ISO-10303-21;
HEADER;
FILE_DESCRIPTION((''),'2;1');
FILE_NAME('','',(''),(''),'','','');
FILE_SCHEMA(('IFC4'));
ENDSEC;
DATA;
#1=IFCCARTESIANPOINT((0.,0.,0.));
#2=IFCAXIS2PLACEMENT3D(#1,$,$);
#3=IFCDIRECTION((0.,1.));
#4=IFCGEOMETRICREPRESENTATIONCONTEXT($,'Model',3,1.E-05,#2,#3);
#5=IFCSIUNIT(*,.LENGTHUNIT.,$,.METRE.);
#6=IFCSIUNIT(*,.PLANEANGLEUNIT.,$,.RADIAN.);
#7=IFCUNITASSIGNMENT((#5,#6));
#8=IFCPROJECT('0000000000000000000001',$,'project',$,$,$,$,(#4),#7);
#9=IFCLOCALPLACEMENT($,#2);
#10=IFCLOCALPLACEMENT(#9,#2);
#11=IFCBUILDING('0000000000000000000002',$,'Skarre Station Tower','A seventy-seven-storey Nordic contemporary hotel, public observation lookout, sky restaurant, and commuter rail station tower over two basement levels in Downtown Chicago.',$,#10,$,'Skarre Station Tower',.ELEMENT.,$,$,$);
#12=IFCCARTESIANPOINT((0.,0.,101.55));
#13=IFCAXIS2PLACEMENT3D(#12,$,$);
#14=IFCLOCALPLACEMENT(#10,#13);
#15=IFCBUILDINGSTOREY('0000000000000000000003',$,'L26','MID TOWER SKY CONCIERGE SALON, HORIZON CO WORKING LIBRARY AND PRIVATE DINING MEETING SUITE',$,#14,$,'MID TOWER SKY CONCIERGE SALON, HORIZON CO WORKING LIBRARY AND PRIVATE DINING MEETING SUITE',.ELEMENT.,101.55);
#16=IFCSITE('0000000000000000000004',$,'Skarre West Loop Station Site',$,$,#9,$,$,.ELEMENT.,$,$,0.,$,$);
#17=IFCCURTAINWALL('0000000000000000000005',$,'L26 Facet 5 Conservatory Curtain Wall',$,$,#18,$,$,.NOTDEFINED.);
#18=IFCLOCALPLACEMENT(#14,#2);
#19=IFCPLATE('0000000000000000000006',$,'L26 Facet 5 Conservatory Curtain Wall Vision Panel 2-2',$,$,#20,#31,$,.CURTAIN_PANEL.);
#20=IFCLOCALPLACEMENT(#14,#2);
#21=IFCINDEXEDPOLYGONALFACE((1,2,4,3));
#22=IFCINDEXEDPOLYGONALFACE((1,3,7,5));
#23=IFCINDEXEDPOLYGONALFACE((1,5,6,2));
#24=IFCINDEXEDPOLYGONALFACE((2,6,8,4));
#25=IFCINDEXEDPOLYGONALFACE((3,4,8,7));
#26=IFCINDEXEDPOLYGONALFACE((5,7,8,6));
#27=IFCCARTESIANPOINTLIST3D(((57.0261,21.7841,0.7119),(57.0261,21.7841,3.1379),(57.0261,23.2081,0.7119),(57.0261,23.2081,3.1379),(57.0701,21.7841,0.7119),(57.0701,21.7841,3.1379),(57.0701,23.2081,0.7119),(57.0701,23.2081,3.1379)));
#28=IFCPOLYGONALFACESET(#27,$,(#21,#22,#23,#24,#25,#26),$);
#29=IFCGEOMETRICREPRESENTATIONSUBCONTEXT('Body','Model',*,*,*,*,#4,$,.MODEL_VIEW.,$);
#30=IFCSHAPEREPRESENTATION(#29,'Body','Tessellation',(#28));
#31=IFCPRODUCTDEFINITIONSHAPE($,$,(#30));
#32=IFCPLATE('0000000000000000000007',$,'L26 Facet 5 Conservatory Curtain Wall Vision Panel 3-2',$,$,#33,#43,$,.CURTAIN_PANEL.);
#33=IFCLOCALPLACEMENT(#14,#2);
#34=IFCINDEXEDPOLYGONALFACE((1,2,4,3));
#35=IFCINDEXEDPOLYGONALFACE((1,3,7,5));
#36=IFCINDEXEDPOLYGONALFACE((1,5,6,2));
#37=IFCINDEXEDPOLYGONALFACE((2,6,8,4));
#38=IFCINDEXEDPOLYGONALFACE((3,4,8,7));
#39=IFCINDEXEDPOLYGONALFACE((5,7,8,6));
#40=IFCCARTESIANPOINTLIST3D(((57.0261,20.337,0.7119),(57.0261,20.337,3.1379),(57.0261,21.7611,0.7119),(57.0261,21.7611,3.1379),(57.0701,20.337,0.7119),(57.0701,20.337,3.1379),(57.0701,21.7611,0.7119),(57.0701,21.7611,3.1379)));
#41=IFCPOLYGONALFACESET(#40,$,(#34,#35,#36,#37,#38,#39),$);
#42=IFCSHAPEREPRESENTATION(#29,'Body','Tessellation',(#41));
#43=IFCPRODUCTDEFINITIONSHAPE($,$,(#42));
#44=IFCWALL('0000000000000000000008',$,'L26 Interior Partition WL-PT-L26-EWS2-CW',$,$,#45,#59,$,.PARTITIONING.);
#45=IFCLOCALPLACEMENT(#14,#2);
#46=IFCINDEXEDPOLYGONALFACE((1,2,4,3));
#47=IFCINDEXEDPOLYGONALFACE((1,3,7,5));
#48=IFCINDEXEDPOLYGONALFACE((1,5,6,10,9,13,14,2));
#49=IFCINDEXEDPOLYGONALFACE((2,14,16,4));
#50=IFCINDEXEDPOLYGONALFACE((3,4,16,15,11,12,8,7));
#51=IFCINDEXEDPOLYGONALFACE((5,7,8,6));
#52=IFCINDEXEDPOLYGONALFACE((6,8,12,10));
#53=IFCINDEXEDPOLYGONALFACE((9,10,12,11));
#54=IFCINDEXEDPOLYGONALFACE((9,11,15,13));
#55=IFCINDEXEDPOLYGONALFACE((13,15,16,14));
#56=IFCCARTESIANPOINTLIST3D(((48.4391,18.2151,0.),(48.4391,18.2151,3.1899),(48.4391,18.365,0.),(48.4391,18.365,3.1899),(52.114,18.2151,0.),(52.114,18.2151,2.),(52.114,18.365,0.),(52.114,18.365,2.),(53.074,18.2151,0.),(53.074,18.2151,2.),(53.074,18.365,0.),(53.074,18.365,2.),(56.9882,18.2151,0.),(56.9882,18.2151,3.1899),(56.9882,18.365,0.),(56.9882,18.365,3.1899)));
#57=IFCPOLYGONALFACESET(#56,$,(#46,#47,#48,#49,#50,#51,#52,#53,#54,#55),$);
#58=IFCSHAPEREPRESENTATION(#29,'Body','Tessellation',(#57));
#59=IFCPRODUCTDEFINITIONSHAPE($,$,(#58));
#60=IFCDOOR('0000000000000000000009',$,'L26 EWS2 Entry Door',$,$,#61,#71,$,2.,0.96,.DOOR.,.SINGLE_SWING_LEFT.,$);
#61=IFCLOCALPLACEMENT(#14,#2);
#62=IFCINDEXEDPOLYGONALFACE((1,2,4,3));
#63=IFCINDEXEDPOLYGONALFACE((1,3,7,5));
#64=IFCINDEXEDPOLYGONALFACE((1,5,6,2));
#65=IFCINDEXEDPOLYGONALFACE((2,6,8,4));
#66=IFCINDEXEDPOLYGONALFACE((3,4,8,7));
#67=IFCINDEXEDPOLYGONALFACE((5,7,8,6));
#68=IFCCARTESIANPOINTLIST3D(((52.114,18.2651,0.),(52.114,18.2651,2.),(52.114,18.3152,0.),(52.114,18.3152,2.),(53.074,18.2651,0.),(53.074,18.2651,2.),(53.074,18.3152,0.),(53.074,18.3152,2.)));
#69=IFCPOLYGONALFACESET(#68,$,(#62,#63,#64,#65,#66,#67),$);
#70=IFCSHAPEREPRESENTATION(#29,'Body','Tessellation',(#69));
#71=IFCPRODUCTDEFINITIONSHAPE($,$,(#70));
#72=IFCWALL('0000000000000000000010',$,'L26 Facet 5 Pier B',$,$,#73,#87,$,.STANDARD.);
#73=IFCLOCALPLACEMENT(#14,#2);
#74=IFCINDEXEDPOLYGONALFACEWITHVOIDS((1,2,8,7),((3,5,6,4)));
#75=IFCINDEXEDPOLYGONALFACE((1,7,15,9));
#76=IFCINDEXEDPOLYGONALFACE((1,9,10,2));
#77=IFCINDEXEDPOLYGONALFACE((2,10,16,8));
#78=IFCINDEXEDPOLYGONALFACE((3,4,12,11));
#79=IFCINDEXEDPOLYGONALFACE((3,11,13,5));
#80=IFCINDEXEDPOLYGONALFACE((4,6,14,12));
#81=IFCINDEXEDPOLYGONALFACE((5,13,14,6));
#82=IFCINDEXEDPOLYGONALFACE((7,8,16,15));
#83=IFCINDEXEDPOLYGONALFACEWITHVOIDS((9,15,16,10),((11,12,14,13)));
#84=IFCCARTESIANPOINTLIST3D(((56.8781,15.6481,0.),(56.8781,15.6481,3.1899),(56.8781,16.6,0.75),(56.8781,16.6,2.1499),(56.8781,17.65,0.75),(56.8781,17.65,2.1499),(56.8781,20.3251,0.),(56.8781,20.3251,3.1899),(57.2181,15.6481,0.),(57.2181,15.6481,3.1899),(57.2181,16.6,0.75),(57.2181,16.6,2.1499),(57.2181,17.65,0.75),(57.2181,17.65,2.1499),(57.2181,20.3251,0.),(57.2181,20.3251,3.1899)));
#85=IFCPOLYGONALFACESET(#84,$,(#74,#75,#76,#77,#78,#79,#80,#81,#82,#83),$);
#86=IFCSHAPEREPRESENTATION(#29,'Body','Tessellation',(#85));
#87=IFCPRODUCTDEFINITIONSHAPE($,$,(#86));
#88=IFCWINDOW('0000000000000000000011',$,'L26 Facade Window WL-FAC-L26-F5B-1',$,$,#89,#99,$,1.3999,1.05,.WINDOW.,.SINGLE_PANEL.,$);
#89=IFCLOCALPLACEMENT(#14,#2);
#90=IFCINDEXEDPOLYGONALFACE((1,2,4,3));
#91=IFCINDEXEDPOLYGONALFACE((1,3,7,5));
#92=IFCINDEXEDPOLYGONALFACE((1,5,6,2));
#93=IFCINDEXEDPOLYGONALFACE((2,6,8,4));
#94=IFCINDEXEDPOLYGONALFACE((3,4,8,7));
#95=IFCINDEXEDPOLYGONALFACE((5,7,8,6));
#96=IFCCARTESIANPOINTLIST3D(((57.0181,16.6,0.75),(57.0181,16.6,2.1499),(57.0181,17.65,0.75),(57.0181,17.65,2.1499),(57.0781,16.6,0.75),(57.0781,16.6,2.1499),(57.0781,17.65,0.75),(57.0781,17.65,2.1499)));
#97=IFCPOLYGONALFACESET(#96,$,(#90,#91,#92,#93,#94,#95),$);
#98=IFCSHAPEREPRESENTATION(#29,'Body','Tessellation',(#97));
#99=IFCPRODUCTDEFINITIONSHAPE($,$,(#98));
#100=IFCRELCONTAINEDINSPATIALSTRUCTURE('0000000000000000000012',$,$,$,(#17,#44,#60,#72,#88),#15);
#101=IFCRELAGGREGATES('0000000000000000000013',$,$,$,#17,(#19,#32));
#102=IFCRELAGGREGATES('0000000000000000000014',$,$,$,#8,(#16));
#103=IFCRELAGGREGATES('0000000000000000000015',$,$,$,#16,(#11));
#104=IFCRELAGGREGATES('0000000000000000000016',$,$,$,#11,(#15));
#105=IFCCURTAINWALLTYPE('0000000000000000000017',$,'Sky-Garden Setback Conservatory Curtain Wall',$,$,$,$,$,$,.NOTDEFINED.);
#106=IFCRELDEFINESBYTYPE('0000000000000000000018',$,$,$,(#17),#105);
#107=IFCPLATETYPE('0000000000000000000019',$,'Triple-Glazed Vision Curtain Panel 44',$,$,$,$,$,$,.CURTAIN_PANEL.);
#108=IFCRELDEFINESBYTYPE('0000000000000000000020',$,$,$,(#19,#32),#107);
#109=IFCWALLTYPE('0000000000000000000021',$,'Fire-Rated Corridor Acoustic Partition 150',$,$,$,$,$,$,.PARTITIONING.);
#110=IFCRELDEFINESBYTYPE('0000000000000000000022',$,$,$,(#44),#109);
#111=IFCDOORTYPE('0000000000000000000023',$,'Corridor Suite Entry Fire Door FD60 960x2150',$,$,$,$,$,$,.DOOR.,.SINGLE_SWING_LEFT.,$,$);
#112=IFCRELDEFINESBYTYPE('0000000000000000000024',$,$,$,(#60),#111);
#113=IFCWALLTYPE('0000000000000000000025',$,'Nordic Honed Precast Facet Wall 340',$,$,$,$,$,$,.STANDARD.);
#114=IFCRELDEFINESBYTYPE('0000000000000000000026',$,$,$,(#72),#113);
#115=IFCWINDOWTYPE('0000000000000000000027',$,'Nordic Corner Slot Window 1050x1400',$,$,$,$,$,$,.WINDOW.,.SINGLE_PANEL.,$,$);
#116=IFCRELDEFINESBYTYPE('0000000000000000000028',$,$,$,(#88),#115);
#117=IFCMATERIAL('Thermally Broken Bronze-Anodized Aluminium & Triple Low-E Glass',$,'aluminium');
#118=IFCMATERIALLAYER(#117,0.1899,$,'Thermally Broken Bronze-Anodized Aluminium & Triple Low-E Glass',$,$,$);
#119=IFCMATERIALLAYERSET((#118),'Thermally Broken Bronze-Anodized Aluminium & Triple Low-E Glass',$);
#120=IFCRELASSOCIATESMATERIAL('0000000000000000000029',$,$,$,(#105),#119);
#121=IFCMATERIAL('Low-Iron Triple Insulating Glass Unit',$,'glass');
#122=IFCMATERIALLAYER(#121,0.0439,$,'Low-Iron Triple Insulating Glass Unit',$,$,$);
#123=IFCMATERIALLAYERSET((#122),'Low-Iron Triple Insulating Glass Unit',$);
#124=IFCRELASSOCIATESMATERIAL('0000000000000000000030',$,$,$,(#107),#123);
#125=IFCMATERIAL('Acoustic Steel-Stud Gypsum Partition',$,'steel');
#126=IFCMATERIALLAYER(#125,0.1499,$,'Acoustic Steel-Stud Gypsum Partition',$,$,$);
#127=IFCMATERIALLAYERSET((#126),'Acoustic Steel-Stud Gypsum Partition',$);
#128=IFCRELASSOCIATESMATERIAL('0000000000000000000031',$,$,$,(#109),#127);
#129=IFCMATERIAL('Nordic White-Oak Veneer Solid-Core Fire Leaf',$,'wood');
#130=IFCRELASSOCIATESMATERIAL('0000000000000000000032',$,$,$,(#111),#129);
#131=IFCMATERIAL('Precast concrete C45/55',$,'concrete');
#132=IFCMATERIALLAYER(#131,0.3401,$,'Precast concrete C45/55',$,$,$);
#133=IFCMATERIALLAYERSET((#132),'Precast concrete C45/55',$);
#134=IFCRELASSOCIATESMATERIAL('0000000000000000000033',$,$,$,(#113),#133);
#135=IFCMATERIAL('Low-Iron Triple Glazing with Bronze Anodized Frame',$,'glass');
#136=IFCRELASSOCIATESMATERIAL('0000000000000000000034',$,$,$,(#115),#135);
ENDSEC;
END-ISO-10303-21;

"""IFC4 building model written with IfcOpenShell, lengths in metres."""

from ifc_helpers import new_model, si_unit, direction, frame, frame_2d, origin, origin_2d, place, context, subcontext, project, spatial, rectangle, extrude, material, layer, layer_set, type_object, element, fill, aggregate, save


model = new_model("IFC4")

# Units and contexts
model_context = context("Model", 3, precision=1e-05, world=origin(), true_north=direction((0.0, 1.0)))
body_context = subcontext(model_context, "Body", "Model", "MODEL_VIEW")
ifc_project = project(units=[si_unit("LENGTHUNIT", "METRE"), si_unit("PLANEANGLEUNIT", "RADIAN")], contexts=[model_context])

# Site, building, storey
site_placement = place(None, origin())
site = spatial("IfcSite", under=ifc_project, at=site_placement, Name="Skarre West Loop Station Site", CompositionType="ELEMENT", RefElevation=0.0)
building_placement = place(site_placement, origin())
building = spatial("IfcBuilding", under=site, at=building_placement, Name="Skarre Station Tower", Description="A seventy-seven-storey Nordic contemporary hotel, public observation lookout, sky restaurant, and commuter rail station tower over two basement levels in Downtown Chicago.", LongName="Skarre Station Tower", CompositionType="ELEMENT")
storey_placement = place(building_placement, frame((0.0, 0.0, 101.55)))
storey = spatial("IfcBuildingStorey", under=building, at=storey_placement, Name="L26", Description="MID TOWER SKY CONCIERGE SALON, HORIZON CO WORKING LIBRARY AND PRIVATE DINING MEETING SUITE", LongName="MID TOWER SKY CONCIERGE SALON, HORIZON CO WORKING LIBRARY AND PRIVATE DINING MEETING SUITE", CompositionType="ELEMENT", Elevation=101.55)

# Curtain wall
ifc_material_1 = material(Name="Thermally Broken Bronze-Anodized Aluminium & Triple Low-E Glass", Category="aluminium")
ifc_layer_1 = layer(ifc_material_1, 0.1899, Name="Thermally Broken Bronze-Anodized Aluminium & Triple Low-E Glass")
ifc_layer_set_1 = layer_set([ifc_layer_1], Name="Thermally Broken Bronze-Anodized Aluminium & Triple Low-E Glass")
curtain_wall_type = type_object("IfcCurtainWallType", Name="Sky-Garden Setback Conservatory Curtain Wall", PredefinedType="NOTDEFINED", material=ifc_layer_set_1)
curtain_wall_placement = place(storey_placement, origin())
curtain_wall = element("IfcCurtainWall", 1, at=curtain_wall_placement, inside=storey, type_object=curtain_wall_type, Name="L26 Facet 5 Conservatory Curtain Wall", PredefinedType="NOTDEFINED")

# Plates
ifc_material_2 = material(Name="Low-Iron Triple Insulating Glass Unit", Category="glass")
ifc_layer_2 = layer(ifc_material_2, 0.0439, Name="Low-Iron Triple Insulating Glass Unit")
ifc_layer_set_2 = layer_set([ifc_layer_2], Name="Low-Iron Triple Insulating Glass Unit")
plate_type_1 = type_object("IfcPlateType", Name="Triple-Glazed Vision Curtain Panel 44", PredefinedType="CURTAIN_PANEL", material=ifc_layer_set_2)
plate_1_placement = place(storey_placement, frame((57.0481, 22.4961, 0.7119), z_axis=(0.0, 0.0, 1.0), x_axis=(0.0, -1.0, 0.0)))
plate_1 = element("IfcPlate", 2, at=plate_1_placement, type_object=plate_type_1, Name="L26 Facet 5 Conservatory Curtain Wall Vision Panel 2-2", PredefinedType="CURTAIN_PANEL", context=body_context, shape_type="SweptSolid", body=[
    extrude(rectangle(XDim=1.4241, YDim=0.0439, at=origin_2d()), origin(), (0.0, 0.0, 1.0), 2.426),
])
plate_2_placement = place(storey_placement, frame((57.0481, 21.0491, 0.7119), z_axis=(0.0, 0.0, 1.0), x_axis=(0.0, -1.0, 0.0)))
plate_2 = element("IfcPlate", 3, at=plate_2_placement, type_object=plate_type_1, Name="L26 Facet 5 Conservatory Curtain Wall Vision Panel 3-2", PredefinedType="CURTAIN_PANEL", context=body_context, shape_type="SweptSolid", body=[
    extrude(rectangle(XDim=1.4241, YDim=0.0439, at=origin_2d()), origin(), (0.0, 0.0, 1.0), 2.426),
])
aggregate(curtain_wall, [plate_1, plate_2])

# Wall, opening, door
ifc_material_3 = material(Name="Acoustic Steel-Stud Gypsum Partition", Category="steel")
ifc_layer_3 = layer(ifc_material_3, 0.1499, Name="Acoustic Steel-Stud Gypsum Partition")
ifc_layer_set_3 = layer_set([ifc_layer_3], Name="Acoustic Steel-Stud Gypsum Partition")
wall_type_1 = type_object("IfcWallType", Name="Fire-Rated Corridor Acoustic Partition 150", PredefinedType="PARTITIONING", material=ifc_layer_set_3)
wall_1_placement = place(storey_placement, frame((56.988, 18.29, 0.0), z_axis=(0.0, 0.0, 1.0), x_axis=(-1.0, 0.0, 0.0)))
wall_1 = element("IfcWall", 4, at=wall_1_placement, inside=storey, type_object=wall_type_1, Name="L26 Interior Partition WL-PT-L26-EWS2-CW", PredefinedType="PARTITIONING", context=body_context, shape_type="SweptSolid", body=[
    extrude(rectangle(XDim=8.5491, YDim=0.1499, at=frame_2d((4.2744, 0.0))), origin(), (0.0, 0.0, 1.0), 3.1899),
])
opening_1_placement = place(wall_1_placement, frame((3.9141, 0.0, 0.0)))
opening_1 = element("IfcOpeningElement", 5, at=opening_1_placement, cuts=wall_1, PredefinedType="OPENING", context=body_context, shape_type="SweptSolid", body=[
    extrude(rectangle(XDim=0.96, YDim=2.0, at=frame_2d((0.48, 1.0))), frame((0.0, 0.085, 0.0), z_axis=(0.0, -1.0, 0.0), x_axis=(1.0, 0.0, 0.0)), (0.0, 0.0, 1.0), 0.1699),
])
ifc_material_4 = material(Name="Nordic White-Oak Veneer Solid-Core Fire Leaf", Category="wood")
door_type = type_object("IfcDoorType", Name="Corridor Suite Entry Fire Door FD60 960x2150", OperationType="SINGLE_SWING_LEFT", PredefinedType="DOOR", material=ifc_material_4)
door_placement = place(opening_1_placement, origin())
door = element("IfcDoor", 6, at=door_placement, inside=storey, type_object=door_type, Name="L26 EWS2 Entry Door", OperationType="SINGLE_SWING_LEFT", OverallHeight=2.0, OverallWidth=0.96, PredefinedType="DOOR", context=body_context, shape_type="SweptSolid", body=[
    extrude(rectangle(XDim=0.96, YDim=2.0, at=frame_2d((0.48, 1.0))), frame((0.0, 0.0249, 0.0), z_axis=(0.0, -1.0, 0.0), x_axis=(1.0, 0.0, 0.0)), (0.0, 0.0, 1.0), 0.05),
])
fill(opening_1, door)

# Wall, opening, window
ifc_material_5 = material(Name="Precast concrete C45/55", Category="concrete")
ifc_layer_4 = layer(ifc_material_5, 0.3401, Name="Precast concrete C45/55")
ifc_layer_set_4 = layer_set([ifc_layer_4], Name="Precast concrete C45/55")
wall_type_2 = type_object("IfcWallType", Name="Nordic Honed Precast Facet Wall 340", PredefinedType="STANDARD", material=ifc_layer_set_4)
wall_2_placement = place(storey_placement, frame((57.0481, 20.325, 0.0), z_axis=(0.0, 0.0, 1.0), x_axis=(0.0, -1.0, 0.0)))
wall_2 = element("IfcWall", 7, at=wall_2_placement, inside=storey, type_object=wall_type_2, Name="L26 Facet 5 Pier B", PredefinedType="STANDARD", context=body_context, shape_type="SweptSolid", body=[
    extrude(rectangle(XDim=4.677, YDim=0.3401, at=frame_2d((2.3384, 0.0))), origin(), (0.0, 0.0, 1.0), 3.1899),
])
opening_2_placement = place(wall_2_placement, frame((2.675, 0.0, 0.75)))
opening_2 = element("IfcOpeningElement", 8, at=opening_2_placement, cuts=wall_2, PredefinedType="OPENING", context=body_context, shape_type="SweptSolid", body=[
    extrude(rectangle(XDim=1.05, YDim=1.3999, at=frame_2d((0.5249, 0.7))), frame((0.0, 0.1799, 0.0), z_axis=(0.0, -1.0, 0.0), x_axis=(1.0, 0.0, 0.0)), (0.0, 0.0, 1.0), 0.3601),
])
ifc_material_6 = material(Name="Low-Iron Triple Glazing with Bronze Anodized Frame", Category="glass")
window_type = type_object("IfcWindowType", Name="Nordic Corner Slot Window 1050x1400", PartitioningType="SINGLE_PANEL", PredefinedType="WINDOW", material=ifc_material_6)
window_placement = place(opening_2_placement, origin())
window = element("IfcWindow", 9, at=window_placement, inside=storey, type_object=window_type, Name="L26 Facade Window WL-FAC-L26-F5B-1", OverallHeight=1.3999, OverallWidth=1.05, PartitioningType="SINGLE_PANEL", PredefinedType="WINDOW", context=body_context, shape_type="SweptSolid", body=[
    extrude(rectangle(XDim=1.05, YDim=1.3999, at=frame_2d((0.5249, 0.7))), frame((0.0, 0.03, 0.0), z_axis=(0.0, -1.0, 0.0), x_axis=(1.0, 0.0, 0.0)), (0.0, 0.0, 1.0), 0.0601),
])
fill(opening_2, window)

save(model, "model.ifc")
